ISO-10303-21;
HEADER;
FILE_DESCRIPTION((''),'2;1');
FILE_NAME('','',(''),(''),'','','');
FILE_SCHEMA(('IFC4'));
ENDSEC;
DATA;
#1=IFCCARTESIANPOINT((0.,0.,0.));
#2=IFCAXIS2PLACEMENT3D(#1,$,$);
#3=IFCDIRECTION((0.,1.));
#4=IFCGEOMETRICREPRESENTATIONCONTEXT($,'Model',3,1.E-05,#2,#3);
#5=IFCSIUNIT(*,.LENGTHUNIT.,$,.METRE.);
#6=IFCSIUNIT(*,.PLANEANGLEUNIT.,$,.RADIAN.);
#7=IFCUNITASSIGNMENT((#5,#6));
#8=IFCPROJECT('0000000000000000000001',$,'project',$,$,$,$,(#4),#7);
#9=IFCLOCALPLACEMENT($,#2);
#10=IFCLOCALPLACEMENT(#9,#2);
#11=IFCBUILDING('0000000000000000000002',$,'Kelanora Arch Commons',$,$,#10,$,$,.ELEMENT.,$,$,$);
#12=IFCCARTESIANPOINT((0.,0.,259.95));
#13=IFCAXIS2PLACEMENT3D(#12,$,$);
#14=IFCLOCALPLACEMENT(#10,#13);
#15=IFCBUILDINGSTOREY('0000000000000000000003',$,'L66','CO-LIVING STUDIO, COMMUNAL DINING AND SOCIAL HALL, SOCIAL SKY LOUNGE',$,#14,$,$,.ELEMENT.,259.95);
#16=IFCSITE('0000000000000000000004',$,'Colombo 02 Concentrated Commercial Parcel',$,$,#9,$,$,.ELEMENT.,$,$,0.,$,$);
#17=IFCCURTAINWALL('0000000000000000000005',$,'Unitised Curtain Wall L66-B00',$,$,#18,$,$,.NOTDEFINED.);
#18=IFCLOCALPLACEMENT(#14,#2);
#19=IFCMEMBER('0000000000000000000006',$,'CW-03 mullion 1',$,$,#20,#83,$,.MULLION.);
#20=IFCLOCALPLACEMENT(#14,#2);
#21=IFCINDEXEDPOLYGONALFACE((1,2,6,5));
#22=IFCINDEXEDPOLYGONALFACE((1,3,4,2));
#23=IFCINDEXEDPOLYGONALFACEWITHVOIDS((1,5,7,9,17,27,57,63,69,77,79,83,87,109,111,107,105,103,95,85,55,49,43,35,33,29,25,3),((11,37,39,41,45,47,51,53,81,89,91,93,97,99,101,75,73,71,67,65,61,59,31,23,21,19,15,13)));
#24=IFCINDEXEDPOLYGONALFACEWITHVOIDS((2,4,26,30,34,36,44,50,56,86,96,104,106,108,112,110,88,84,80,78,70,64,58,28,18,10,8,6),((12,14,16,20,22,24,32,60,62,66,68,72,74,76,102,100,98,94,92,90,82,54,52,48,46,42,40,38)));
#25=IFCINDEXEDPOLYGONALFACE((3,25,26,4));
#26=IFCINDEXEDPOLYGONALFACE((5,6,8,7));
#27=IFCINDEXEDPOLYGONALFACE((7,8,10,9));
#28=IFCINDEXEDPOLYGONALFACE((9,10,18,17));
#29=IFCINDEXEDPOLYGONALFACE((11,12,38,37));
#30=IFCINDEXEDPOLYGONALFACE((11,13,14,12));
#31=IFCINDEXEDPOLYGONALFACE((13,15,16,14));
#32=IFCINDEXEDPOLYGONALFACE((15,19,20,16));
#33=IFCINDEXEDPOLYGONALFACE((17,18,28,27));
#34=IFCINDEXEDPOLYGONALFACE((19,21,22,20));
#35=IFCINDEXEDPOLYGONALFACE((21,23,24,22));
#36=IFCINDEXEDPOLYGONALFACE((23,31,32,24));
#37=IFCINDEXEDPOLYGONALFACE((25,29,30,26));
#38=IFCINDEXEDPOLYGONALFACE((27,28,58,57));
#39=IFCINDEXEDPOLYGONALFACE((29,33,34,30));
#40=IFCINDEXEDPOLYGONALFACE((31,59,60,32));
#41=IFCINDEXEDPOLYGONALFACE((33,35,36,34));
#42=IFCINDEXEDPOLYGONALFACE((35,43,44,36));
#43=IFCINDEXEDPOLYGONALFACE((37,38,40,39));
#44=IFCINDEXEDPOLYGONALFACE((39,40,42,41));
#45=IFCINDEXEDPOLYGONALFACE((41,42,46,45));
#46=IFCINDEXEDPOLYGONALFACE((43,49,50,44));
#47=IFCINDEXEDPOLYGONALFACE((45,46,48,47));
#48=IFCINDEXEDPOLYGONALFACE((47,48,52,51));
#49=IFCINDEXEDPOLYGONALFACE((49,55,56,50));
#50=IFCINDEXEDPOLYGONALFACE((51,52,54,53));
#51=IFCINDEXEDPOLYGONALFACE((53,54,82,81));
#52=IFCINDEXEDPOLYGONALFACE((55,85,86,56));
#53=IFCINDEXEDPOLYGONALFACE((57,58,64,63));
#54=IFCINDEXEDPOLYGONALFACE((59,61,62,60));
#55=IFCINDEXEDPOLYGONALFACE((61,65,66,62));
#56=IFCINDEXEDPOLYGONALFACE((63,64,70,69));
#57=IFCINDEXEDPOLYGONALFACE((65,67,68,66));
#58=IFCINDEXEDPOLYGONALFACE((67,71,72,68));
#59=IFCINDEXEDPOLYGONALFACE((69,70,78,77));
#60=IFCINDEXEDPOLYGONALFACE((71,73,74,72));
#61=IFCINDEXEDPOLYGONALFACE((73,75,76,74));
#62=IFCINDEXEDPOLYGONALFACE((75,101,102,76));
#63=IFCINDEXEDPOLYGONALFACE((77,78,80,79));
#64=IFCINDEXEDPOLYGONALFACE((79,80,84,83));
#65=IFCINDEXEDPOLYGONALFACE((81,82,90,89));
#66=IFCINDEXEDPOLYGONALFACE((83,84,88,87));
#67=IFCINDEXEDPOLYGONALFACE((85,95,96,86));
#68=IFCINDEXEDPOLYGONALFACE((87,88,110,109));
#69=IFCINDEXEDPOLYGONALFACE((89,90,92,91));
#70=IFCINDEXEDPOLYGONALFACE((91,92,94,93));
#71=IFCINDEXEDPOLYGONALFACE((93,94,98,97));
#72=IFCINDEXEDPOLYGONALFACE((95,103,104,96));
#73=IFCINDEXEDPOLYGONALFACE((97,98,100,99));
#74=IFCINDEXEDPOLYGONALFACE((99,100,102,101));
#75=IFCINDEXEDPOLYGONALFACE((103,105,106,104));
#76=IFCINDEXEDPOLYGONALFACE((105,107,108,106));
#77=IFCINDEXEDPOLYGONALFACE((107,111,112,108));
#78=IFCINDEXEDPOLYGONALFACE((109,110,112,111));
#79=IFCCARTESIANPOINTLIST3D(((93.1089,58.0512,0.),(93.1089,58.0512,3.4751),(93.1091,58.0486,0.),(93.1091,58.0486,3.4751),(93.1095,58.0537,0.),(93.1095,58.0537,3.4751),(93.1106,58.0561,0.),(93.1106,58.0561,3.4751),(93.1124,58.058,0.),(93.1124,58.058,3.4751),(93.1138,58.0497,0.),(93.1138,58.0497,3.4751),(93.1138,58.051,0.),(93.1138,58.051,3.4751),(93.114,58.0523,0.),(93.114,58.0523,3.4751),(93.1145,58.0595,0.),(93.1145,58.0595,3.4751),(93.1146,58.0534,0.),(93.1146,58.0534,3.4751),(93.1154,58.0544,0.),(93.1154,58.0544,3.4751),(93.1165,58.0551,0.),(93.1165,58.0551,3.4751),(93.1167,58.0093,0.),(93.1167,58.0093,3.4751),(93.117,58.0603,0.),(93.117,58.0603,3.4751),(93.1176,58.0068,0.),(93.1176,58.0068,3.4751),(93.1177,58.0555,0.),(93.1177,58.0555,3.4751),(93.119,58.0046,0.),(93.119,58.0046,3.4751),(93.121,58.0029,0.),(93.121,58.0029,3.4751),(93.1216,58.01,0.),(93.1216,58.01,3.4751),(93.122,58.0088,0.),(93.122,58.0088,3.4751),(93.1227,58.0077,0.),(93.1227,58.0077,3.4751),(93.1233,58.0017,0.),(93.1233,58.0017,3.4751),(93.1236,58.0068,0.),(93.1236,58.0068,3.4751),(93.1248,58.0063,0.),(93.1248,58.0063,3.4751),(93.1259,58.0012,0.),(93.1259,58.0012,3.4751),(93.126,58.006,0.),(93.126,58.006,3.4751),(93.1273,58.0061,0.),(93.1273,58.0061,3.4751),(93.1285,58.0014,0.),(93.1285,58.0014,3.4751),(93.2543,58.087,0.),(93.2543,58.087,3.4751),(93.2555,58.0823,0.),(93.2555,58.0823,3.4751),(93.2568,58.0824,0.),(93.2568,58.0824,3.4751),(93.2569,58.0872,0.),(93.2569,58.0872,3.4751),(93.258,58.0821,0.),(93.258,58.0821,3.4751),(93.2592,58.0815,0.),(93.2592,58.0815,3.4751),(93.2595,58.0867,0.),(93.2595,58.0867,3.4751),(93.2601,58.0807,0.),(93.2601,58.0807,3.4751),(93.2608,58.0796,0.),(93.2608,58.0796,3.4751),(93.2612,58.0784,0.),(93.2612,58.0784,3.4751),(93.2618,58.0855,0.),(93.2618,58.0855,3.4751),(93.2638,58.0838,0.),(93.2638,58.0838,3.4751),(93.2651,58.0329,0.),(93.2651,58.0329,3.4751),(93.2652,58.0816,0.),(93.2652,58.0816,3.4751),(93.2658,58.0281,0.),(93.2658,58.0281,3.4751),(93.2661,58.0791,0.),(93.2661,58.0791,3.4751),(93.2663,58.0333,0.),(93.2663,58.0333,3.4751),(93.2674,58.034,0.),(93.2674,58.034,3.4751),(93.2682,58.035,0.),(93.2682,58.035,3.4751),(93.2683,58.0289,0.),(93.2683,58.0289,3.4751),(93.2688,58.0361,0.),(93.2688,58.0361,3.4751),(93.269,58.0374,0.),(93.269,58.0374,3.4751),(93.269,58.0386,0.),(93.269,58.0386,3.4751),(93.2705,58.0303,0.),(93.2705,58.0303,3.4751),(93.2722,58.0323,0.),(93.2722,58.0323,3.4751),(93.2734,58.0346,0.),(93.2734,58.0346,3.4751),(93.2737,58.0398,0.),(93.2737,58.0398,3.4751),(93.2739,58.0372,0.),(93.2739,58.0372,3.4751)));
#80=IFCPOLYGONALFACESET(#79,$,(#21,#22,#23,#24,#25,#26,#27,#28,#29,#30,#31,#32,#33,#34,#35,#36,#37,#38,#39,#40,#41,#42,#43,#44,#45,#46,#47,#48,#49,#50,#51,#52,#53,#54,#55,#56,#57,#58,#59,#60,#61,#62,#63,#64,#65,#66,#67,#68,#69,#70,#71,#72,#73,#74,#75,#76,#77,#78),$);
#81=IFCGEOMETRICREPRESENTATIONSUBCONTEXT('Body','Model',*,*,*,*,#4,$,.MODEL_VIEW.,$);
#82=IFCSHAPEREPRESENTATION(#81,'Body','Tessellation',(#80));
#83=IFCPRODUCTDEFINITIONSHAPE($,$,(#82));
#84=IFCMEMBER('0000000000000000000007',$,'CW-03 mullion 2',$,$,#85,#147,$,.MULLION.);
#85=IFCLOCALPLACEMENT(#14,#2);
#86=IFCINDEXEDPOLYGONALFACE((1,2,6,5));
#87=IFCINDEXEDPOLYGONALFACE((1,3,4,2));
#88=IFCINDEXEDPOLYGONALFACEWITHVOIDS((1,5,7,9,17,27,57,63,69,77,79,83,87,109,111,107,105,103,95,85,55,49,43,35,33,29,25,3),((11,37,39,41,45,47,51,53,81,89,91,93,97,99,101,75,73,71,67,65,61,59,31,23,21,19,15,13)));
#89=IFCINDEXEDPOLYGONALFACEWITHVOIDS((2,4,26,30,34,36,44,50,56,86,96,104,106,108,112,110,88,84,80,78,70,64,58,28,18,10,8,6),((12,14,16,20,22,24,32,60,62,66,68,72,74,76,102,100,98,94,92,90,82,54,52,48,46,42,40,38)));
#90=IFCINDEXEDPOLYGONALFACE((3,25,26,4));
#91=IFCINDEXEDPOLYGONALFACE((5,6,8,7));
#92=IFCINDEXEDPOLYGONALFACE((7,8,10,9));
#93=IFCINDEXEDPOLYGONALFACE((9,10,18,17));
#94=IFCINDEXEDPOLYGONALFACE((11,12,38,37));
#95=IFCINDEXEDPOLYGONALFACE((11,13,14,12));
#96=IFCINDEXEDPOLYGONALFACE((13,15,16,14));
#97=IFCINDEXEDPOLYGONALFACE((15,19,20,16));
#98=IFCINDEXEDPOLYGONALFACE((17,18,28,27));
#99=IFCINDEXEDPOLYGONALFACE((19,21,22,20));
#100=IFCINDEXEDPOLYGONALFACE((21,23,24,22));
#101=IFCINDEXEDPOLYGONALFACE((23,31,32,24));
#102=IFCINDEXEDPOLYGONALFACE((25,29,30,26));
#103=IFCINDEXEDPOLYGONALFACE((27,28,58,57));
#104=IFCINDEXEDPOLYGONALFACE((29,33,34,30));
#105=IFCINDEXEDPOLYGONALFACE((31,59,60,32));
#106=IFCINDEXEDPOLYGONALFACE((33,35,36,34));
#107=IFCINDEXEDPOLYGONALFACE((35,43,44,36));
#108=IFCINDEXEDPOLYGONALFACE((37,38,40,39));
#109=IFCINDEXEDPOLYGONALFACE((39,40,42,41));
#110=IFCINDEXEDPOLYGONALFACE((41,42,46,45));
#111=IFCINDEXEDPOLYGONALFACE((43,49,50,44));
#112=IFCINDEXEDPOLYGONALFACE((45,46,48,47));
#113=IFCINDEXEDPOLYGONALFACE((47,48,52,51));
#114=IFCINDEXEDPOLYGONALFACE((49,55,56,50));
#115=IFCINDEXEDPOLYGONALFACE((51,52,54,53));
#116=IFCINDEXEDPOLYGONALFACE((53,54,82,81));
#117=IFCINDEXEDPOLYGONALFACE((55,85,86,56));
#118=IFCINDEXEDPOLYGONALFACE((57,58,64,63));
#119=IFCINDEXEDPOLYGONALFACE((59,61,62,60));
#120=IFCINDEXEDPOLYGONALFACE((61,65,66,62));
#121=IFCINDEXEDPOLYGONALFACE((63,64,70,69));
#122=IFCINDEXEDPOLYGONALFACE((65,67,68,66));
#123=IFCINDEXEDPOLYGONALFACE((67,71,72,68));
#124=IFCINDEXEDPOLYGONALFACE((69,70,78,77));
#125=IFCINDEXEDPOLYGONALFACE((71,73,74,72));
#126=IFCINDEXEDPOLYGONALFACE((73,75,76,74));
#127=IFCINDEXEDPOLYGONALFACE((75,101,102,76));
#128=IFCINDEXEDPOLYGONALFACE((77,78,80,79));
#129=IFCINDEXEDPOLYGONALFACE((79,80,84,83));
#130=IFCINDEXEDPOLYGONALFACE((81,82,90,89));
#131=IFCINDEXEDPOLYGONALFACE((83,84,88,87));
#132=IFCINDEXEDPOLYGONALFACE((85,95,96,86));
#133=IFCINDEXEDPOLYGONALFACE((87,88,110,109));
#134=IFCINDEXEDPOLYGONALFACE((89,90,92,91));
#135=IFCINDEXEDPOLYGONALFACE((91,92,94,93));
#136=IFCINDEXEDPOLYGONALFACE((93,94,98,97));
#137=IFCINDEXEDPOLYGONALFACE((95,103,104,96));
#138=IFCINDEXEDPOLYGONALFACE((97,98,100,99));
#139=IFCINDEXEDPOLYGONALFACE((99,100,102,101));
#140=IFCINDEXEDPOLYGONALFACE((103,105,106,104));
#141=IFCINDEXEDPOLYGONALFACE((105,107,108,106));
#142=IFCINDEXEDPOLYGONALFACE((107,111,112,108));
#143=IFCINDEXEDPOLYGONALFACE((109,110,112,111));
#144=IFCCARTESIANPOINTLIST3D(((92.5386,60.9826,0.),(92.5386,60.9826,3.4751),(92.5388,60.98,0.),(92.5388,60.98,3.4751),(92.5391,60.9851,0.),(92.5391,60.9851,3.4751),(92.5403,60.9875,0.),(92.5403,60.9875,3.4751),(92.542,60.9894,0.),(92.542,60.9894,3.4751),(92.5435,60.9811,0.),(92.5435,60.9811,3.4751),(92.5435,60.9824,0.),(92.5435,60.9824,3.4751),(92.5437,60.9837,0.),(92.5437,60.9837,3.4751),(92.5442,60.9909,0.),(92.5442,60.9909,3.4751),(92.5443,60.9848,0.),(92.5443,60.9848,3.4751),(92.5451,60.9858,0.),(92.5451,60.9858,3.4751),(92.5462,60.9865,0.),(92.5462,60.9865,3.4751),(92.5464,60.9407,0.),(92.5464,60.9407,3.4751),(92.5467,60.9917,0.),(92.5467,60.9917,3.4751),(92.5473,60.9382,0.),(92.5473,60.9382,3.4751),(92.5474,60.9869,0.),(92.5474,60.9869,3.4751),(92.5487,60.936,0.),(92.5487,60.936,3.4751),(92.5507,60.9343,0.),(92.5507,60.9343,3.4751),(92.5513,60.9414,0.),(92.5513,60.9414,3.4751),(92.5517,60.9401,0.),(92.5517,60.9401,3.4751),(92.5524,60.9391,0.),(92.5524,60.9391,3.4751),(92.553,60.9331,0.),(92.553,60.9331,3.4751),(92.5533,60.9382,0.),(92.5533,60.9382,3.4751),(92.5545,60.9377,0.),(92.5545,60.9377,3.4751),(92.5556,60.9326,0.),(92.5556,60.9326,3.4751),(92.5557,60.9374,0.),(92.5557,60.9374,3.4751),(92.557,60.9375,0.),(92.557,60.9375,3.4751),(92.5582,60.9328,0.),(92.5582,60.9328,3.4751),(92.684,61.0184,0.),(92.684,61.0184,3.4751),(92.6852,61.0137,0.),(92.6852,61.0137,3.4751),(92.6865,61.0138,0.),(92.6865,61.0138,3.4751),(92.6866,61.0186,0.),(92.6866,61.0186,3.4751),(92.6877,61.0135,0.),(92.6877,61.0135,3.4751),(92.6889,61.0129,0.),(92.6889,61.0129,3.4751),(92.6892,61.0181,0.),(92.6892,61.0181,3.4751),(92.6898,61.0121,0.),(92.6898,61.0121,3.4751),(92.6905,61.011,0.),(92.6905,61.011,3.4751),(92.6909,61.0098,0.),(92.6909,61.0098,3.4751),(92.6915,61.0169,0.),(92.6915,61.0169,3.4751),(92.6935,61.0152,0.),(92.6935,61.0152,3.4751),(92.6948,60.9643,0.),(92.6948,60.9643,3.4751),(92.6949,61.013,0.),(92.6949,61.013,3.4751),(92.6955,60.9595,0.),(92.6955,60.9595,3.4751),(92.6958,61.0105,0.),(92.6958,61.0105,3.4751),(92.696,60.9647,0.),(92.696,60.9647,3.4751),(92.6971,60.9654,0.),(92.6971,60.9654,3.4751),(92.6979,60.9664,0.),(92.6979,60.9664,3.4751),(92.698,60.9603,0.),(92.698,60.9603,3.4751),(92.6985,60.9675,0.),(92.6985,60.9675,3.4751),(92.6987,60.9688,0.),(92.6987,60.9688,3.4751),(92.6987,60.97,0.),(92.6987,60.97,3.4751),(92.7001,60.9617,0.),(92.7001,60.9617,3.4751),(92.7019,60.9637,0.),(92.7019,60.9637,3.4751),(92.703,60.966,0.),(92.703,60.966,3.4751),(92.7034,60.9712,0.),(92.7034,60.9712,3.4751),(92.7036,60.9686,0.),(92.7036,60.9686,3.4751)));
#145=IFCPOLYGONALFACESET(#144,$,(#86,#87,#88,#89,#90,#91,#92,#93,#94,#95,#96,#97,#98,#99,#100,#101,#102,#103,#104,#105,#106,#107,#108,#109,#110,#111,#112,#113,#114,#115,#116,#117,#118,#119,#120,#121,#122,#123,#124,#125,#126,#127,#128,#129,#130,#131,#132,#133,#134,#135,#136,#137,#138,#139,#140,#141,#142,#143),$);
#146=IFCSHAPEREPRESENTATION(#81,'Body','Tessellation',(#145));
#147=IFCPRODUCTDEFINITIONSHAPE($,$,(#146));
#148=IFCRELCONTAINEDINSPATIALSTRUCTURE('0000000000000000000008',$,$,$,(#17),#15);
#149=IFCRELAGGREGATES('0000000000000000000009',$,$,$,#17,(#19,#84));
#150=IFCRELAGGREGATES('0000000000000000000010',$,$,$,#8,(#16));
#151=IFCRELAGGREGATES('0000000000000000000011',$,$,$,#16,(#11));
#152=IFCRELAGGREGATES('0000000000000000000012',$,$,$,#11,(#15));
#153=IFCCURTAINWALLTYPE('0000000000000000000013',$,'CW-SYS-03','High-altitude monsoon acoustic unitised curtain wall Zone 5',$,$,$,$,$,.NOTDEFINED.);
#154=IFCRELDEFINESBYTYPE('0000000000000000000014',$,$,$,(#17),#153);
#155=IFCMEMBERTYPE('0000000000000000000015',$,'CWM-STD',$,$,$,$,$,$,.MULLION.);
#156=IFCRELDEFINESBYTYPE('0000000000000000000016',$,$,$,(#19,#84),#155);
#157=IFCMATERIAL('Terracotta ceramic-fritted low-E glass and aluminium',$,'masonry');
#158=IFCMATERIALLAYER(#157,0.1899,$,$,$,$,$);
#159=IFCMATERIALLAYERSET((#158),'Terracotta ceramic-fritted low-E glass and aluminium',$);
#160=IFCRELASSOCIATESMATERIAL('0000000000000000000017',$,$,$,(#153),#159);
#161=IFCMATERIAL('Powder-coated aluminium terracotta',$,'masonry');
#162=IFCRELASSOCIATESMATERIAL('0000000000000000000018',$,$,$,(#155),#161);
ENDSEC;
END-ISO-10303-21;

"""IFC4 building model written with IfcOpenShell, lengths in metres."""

from ifc_helpers import new_model, si_unit, direction, frame, origin, origin_2d, place, context, subcontext, project, spatial, hollow_rectangle, extrude, material, layer, layer_set, material_profile, profile_set, type_object, element, aggregate, save


model = new_model("IFC4")

# Units and contexts
model_context = context("Model", 3, precision=1e-05, world=origin(), true_north=direction((0.0, 1.0)))
body_context = subcontext(model_context, "Body", "Model", "MODEL_VIEW")
ifc_project = project(units=[si_unit("LENGTHUNIT", "METRE"), si_unit("PLANEANGLEUNIT", "RADIAN")], contexts=[model_context])

# Site, building, storey
site_placement = place(None, origin())
site = spatial("IfcSite", under=ifc_project, at=site_placement, Name="Colombo 02 Concentrated Commercial Parcel", CompositionType="ELEMENT", RefElevation=0.0)
building_placement = place(site_placement, origin())
building = spatial("IfcBuilding", under=site, at=building_placement, Name="Kelanora Arch Commons", CompositionType="ELEMENT")
storey_placement = place(building_placement, frame((0.0, 0.0, 259.95)))
storey = spatial("IfcBuildingStorey", under=building, at=storey_placement, Name="L66", Description="CO-LIVING STUDIO, COMMUNAL DINING AND SOCIAL HALL, SOCIAL SKY LOUNGE", CompositionType="ELEMENT", Elevation=259.95)

# Curtain wall, members
ifc_material_1 = material(Name="Terracotta ceramic-fritted low-E glass and aluminium", Category="masonry")
ifc_layer_1 = layer(ifc_material_1, 0.1899)
ifc_layer_set_1 = layer_set([ifc_layer_1], Name="Terracotta ceramic-fritted low-E glass and aluminium")
curtain_wall_type = type_object("IfcCurtainWallType", Name="CW-SYS-03", Description="High-altitude monsoon acoustic unitised curtain wall Zone 5", PredefinedType="NOTDEFINED", material=ifc_layer_set_1)
curtain_wall_placement = place(storey_placement, origin())
curtain_wall = element("IfcCurtainWall", 1, at=curtain_wall_placement, inside=storey, type_object=curtain_wall_type, Name="Unitised Curtain Wall L66-B00", PredefinedType="NOTDEFINED")
ifc_material_2 = material(Name="Powder-coated aluminium terracotta", Category="masonry")
ifc_material_profile_1 = material_profile(ifc_material_2, hollow_rectangle(XDim=0.1599, YDim=0.0601, WallThickness=0.0049, InnerFilletRadius=0.0049, OuterFilletRadius=0.01, at=origin_2d()), Name="CWM160x60")
ifc_profile_set_1 = profile_set([ifc_material_profile_1], Name="Powder-coated aluminium terracotta")
member_type_1 = type_object("IfcMemberType", Name="CWM-STD", PredefinedType="MULLION", material=ifc_profile_set_1)
member_1_placement = place(storey_placement, frame((93.1914, 58.0442, 0.0), z_axis=(0.0, 0.0, 1.0), x_axis=(-0.981596, -0.190972, 0.0)))
member_1 = element("IfcMember", 2, at=member_1_placement, type_object=member_type_1, Name="CW-03 mullion 1", PredefinedType="MULLION", context=body_context, shape_type="SweptSolid", body=[
    extrude(hollow_rectangle(XDim=0.1599, YDim=0.0601, WallThickness=0.0049, InnerFilletRadius=0.0049, OuterFilletRadius=0.01, at=origin_2d()), origin(), (0.0, 0.0, 1.0), 3.4751),
])
member_2_placement = place(storey_placement, frame((92.6211, 60.9756, 0.0), z_axis=(0.0, 0.0, 1.0), x_axis=(-0.981596, -0.190972, 0.0)))
member_2 = element("IfcMember", 3, at=member_2_placement, type_object=member_type_1, Name="CW-03 mullion 2", PredefinedType="MULLION", context=body_context, shape_type="SweptSolid", body=[
    extrude(hollow_rectangle(XDim=0.1599, YDim=0.0601, WallThickness=0.0049, InnerFilletRadius=0.0049, OuterFilletRadius=0.01, at=origin_2d()), origin(), (0.0, 0.0, 1.0), 3.4751),
])
aggregate(curtain_wall, [member_1, member_2])

save(model, "model.ifc")
